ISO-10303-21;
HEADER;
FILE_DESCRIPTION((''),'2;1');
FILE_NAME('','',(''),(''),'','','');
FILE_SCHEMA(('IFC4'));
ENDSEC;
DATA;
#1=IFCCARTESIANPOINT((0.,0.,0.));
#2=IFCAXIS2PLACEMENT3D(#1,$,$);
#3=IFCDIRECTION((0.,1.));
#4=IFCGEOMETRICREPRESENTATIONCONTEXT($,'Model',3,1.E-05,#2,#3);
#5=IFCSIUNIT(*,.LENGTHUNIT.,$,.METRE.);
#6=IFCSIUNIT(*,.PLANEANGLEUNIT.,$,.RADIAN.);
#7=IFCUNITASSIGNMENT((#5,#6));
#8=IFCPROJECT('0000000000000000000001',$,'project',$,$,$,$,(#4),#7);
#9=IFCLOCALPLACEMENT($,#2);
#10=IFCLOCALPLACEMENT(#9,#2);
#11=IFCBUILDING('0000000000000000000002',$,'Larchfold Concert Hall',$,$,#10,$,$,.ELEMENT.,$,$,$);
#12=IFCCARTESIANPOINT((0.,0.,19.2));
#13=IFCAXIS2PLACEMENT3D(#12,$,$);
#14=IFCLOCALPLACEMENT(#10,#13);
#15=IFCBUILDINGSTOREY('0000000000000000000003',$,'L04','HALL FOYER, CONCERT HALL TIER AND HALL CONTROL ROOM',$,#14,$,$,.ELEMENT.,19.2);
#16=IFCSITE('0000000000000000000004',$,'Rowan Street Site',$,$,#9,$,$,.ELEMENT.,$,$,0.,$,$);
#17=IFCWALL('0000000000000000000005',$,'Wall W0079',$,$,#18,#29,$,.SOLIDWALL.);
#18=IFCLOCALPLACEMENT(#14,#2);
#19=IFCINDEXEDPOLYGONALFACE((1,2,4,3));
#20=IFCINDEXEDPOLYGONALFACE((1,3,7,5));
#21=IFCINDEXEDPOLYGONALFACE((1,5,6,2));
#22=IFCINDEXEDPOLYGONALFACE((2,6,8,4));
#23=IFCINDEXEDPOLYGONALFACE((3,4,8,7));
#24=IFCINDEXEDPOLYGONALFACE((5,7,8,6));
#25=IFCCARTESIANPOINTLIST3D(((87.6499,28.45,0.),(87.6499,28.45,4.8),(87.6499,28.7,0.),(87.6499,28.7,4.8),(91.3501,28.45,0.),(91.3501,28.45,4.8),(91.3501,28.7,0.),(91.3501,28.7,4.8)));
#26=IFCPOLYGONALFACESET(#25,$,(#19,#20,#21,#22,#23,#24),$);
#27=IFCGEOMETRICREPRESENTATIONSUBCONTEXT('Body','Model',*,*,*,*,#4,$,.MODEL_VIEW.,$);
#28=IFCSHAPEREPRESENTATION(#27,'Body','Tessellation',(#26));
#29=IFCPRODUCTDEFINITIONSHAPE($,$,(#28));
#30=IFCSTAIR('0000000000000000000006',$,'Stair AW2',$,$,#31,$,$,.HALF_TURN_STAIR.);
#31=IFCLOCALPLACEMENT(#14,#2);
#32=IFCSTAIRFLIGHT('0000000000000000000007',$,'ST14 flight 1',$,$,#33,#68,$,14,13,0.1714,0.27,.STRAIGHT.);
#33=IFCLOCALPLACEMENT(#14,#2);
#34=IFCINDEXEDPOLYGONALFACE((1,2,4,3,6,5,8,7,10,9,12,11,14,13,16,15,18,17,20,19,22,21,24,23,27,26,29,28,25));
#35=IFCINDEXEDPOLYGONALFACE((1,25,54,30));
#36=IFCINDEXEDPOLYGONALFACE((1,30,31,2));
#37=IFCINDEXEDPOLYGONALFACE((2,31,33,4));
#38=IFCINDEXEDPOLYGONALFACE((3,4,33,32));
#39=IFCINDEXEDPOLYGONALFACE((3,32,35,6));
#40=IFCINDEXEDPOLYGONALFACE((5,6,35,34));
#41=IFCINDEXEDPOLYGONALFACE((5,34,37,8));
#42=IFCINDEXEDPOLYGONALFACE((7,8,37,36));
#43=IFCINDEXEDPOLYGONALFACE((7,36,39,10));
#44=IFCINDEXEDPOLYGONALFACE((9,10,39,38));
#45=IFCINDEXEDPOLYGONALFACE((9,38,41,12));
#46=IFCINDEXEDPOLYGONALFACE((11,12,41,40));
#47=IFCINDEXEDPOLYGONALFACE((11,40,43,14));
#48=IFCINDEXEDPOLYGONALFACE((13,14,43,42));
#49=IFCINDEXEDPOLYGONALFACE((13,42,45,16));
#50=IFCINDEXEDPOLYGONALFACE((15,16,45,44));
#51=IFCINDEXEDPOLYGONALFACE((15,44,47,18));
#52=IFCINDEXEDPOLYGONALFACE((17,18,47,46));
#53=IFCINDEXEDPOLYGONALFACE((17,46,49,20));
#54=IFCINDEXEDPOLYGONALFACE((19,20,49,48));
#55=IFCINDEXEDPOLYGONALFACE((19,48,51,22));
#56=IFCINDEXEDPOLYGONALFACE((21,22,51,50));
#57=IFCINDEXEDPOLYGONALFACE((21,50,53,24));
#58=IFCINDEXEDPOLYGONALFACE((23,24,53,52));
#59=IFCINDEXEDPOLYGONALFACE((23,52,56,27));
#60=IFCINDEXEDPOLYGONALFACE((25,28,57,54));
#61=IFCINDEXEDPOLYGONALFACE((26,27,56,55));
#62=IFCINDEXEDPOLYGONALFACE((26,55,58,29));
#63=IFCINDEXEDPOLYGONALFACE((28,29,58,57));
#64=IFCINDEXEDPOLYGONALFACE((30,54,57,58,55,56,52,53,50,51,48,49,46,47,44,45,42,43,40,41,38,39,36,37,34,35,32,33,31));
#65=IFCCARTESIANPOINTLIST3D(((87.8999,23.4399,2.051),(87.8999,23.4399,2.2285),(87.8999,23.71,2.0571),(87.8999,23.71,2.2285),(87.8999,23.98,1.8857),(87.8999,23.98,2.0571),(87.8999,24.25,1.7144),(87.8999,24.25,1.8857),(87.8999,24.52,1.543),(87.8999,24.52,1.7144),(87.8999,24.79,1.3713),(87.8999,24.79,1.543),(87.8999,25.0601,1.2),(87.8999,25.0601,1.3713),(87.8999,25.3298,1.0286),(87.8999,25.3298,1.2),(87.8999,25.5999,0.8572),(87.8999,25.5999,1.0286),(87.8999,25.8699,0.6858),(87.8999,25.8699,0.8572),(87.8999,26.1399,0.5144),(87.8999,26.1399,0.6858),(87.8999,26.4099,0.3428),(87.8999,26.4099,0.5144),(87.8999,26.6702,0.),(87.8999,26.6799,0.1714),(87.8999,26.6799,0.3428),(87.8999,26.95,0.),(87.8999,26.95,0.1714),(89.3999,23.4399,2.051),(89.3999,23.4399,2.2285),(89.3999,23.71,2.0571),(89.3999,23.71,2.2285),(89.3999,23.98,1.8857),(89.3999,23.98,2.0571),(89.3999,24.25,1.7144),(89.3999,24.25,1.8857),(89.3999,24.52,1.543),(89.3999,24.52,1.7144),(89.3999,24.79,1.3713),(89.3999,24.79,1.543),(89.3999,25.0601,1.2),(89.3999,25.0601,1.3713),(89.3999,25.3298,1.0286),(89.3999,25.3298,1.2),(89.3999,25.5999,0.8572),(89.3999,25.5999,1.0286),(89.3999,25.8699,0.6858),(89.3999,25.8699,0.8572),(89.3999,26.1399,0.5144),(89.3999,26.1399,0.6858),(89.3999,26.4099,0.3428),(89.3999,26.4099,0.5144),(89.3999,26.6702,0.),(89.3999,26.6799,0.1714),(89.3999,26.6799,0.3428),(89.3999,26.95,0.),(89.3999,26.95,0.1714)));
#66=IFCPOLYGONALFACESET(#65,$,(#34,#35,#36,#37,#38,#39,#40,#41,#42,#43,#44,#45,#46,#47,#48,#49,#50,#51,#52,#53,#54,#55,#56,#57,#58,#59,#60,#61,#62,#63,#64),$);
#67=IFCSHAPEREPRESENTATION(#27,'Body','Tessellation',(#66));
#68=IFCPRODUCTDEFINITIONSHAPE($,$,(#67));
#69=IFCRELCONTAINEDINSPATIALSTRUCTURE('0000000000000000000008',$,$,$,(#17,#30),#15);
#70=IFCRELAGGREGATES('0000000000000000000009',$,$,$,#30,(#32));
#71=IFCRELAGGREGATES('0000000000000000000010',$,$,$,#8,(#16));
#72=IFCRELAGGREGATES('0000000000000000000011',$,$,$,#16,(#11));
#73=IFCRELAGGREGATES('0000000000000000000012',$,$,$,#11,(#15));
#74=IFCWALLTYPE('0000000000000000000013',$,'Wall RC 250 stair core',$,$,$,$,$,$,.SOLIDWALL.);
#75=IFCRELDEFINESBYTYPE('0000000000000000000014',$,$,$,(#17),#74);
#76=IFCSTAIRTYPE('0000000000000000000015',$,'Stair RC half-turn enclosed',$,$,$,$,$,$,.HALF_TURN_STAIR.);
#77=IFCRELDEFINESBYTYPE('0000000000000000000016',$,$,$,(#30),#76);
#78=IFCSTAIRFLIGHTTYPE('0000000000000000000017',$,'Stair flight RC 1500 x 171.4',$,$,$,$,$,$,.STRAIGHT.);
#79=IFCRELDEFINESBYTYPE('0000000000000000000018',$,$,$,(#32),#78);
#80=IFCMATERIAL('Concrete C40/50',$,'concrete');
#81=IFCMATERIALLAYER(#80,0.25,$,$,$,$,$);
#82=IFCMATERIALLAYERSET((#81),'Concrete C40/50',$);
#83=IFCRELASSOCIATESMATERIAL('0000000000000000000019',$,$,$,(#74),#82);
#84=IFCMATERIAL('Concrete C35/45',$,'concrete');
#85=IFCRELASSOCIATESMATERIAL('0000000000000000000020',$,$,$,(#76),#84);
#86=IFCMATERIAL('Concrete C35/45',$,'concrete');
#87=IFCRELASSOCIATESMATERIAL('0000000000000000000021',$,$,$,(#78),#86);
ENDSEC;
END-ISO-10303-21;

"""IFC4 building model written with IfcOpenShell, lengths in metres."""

from ifc_helpers import new_model, si_unit, direction, frame, frame_2d, origin, place, context, subcontext, project, spatial, polyline, rectangle, outline, extrude, material, layer, layer_set, type_object, element, aggregate, save


model = new_model("IFC4")

# Units and contexts
model_context = context("Model", 3, precision=1e-05, world=origin(), true_north=direction((0.0, 1.0)))
body_context = subcontext(model_context, "Body", "Model", "MODEL_VIEW")
ifc_project = project(units=[si_unit("LENGTHUNIT", "METRE"), si_unit("PLANEANGLEUNIT", "RADIAN")], contexts=[model_context])

# Site, building, storey
site_placement = place(None, origin())
site = spatial("IfcSite", under=ifc_project, at=site_placement, Name="Rowan Street Site", CompositionType="ELEMENT", RefElevation=0.0)
building_placement = place(site_placement, origin())
building = spatial("IfcBuilding", under=site, at=building_placement, Name="Larchfold Concert Hall", CompositionType="ELEMENT")
storey_placement = place(building_placement, frame((0.0, 0.0, 19.2)))
storey = spatial("IfcBuildingStorey", under=building, at=storey_placement, Name="L04", Description="HALL FOYER, CONCERT HALL TIER AND HALL CONTROL ROOM", CompositionType="ELEMENT", Elevation=19.2)

# Wall
ifc_material_1 = material(Name="Concrete C40/50", Category="concrete")
ifc_layer_1 = layer(ifc_material_1, 0.25)
ifc_layer_set_1 = layer_set([ifc_layer_1], Name="Concrete C40/50")
wall_type_1 = type_object("IfcWallType", Name="Wall RC 250 stair core", PredefinedType="SOLIDWALL", material=ifc_layer_set_1)
wall_1_placement = place(storey_placement, frame((87.6499, 28.575, 0.0), z_axis=(0.0, 0.0, 1.0), x_axis=(1.0, 0.0, 0.0)))
element("IfcWall", 1, at=wall_1_placement, inside=storey, type_object=wall_type_1, Name="Wall W0079", PredefinedType="SOLIDWALL", context=body_context, shape_type="SweptSolid", body=[
    extrude(rectangle(XDim=3.7002, YDim=0.25, at=frame_2d((1.8501, 0.0))), origin(), (0.0, 0.0, 1.0), 4.8),
])

# Stair, stair flight
ifc_material_2 = material(Name="Concrete C35/45", Category="concrete")
stair_type = type_object("IfcStairType", Name="Stair RC half-turn enclosed", PredefinedType="HALF_TURN_STAIR", material=ifc_material_2)
stair_placement = place(storey_placement, origin())
stair = element("IfcStair", 2, at=stair_placement, inside=storey, type_object=stair_type, Name="Stair AW2", PredefinedType="HALF_TURN_STAIR")
ifc_material_3 = material(Name="Concrete C35/45", Category="concrete")
stair_flight_type = type_object("IfcStairFlightType", Name="Stair flight RC 1500 x 171.4", PredefinedType="STRAIGHT", material=ifc_material_3)
stair_flight_placement = place(storey_placement, frame((88.6499, 26.95, 0.0), z_axis=(0.0, 0.0, 1.0), x_axis=(0.0, -1.0, 0.0)))
stair_flight = element("IfcStairFlight", 3, at=stair_flight_placement, type_object=stair_flight_type, Name="ST14 flight 1", NumberOfRisers=14, NumberOfTreads=13, PredefinedType="STRAIGHT", RiserHeight=0.1714, TreadLength=0.27, context=body_context, shape_type="SweptSolid", body=[
    extrude(outline(polyline([(0.0, 0.0), (0.0, 0.1714), (0.27, 0.1714), (0.27, 0.3428), (0.54, 0.3428), (0.54, 0.5144), (0.8101, 0.5144), (0.8101, 0.6858), (1.0801, 0.6858), (1.0801, 0.8572), (1.3501, 0.8572), (1.3501, 1.0286), (1.6201, 1.0286), (1.6201, 1.2), (1.8899, 1.2), (1.8899, 1.3713), (2.1599, 1.3713), (2.1599, 1.543), (2.4299, 1.543), (2.4299, 1.7144), (2.7, 1.7144), (2.7, 1.8857), (2.97, 1.8857), (2.97, 2.0571), (3.24, 2.0571), (3.24, 2.2285), (3.51, 2.2285), (3.51, 2.3999), (3.51, 2.051), (0.2798, 0.0), (0.0, 0.0)])), frame((0.0, 0.75, 0.0), z_axis=(0.0, -1.0, 0.0), x_axis=(1.0, 0.0, 0.0)), (0.0, 0.0, 1.0), 1.5),
])
aggregate(stair, [stair_flight])

save(model, "model.ifc")
